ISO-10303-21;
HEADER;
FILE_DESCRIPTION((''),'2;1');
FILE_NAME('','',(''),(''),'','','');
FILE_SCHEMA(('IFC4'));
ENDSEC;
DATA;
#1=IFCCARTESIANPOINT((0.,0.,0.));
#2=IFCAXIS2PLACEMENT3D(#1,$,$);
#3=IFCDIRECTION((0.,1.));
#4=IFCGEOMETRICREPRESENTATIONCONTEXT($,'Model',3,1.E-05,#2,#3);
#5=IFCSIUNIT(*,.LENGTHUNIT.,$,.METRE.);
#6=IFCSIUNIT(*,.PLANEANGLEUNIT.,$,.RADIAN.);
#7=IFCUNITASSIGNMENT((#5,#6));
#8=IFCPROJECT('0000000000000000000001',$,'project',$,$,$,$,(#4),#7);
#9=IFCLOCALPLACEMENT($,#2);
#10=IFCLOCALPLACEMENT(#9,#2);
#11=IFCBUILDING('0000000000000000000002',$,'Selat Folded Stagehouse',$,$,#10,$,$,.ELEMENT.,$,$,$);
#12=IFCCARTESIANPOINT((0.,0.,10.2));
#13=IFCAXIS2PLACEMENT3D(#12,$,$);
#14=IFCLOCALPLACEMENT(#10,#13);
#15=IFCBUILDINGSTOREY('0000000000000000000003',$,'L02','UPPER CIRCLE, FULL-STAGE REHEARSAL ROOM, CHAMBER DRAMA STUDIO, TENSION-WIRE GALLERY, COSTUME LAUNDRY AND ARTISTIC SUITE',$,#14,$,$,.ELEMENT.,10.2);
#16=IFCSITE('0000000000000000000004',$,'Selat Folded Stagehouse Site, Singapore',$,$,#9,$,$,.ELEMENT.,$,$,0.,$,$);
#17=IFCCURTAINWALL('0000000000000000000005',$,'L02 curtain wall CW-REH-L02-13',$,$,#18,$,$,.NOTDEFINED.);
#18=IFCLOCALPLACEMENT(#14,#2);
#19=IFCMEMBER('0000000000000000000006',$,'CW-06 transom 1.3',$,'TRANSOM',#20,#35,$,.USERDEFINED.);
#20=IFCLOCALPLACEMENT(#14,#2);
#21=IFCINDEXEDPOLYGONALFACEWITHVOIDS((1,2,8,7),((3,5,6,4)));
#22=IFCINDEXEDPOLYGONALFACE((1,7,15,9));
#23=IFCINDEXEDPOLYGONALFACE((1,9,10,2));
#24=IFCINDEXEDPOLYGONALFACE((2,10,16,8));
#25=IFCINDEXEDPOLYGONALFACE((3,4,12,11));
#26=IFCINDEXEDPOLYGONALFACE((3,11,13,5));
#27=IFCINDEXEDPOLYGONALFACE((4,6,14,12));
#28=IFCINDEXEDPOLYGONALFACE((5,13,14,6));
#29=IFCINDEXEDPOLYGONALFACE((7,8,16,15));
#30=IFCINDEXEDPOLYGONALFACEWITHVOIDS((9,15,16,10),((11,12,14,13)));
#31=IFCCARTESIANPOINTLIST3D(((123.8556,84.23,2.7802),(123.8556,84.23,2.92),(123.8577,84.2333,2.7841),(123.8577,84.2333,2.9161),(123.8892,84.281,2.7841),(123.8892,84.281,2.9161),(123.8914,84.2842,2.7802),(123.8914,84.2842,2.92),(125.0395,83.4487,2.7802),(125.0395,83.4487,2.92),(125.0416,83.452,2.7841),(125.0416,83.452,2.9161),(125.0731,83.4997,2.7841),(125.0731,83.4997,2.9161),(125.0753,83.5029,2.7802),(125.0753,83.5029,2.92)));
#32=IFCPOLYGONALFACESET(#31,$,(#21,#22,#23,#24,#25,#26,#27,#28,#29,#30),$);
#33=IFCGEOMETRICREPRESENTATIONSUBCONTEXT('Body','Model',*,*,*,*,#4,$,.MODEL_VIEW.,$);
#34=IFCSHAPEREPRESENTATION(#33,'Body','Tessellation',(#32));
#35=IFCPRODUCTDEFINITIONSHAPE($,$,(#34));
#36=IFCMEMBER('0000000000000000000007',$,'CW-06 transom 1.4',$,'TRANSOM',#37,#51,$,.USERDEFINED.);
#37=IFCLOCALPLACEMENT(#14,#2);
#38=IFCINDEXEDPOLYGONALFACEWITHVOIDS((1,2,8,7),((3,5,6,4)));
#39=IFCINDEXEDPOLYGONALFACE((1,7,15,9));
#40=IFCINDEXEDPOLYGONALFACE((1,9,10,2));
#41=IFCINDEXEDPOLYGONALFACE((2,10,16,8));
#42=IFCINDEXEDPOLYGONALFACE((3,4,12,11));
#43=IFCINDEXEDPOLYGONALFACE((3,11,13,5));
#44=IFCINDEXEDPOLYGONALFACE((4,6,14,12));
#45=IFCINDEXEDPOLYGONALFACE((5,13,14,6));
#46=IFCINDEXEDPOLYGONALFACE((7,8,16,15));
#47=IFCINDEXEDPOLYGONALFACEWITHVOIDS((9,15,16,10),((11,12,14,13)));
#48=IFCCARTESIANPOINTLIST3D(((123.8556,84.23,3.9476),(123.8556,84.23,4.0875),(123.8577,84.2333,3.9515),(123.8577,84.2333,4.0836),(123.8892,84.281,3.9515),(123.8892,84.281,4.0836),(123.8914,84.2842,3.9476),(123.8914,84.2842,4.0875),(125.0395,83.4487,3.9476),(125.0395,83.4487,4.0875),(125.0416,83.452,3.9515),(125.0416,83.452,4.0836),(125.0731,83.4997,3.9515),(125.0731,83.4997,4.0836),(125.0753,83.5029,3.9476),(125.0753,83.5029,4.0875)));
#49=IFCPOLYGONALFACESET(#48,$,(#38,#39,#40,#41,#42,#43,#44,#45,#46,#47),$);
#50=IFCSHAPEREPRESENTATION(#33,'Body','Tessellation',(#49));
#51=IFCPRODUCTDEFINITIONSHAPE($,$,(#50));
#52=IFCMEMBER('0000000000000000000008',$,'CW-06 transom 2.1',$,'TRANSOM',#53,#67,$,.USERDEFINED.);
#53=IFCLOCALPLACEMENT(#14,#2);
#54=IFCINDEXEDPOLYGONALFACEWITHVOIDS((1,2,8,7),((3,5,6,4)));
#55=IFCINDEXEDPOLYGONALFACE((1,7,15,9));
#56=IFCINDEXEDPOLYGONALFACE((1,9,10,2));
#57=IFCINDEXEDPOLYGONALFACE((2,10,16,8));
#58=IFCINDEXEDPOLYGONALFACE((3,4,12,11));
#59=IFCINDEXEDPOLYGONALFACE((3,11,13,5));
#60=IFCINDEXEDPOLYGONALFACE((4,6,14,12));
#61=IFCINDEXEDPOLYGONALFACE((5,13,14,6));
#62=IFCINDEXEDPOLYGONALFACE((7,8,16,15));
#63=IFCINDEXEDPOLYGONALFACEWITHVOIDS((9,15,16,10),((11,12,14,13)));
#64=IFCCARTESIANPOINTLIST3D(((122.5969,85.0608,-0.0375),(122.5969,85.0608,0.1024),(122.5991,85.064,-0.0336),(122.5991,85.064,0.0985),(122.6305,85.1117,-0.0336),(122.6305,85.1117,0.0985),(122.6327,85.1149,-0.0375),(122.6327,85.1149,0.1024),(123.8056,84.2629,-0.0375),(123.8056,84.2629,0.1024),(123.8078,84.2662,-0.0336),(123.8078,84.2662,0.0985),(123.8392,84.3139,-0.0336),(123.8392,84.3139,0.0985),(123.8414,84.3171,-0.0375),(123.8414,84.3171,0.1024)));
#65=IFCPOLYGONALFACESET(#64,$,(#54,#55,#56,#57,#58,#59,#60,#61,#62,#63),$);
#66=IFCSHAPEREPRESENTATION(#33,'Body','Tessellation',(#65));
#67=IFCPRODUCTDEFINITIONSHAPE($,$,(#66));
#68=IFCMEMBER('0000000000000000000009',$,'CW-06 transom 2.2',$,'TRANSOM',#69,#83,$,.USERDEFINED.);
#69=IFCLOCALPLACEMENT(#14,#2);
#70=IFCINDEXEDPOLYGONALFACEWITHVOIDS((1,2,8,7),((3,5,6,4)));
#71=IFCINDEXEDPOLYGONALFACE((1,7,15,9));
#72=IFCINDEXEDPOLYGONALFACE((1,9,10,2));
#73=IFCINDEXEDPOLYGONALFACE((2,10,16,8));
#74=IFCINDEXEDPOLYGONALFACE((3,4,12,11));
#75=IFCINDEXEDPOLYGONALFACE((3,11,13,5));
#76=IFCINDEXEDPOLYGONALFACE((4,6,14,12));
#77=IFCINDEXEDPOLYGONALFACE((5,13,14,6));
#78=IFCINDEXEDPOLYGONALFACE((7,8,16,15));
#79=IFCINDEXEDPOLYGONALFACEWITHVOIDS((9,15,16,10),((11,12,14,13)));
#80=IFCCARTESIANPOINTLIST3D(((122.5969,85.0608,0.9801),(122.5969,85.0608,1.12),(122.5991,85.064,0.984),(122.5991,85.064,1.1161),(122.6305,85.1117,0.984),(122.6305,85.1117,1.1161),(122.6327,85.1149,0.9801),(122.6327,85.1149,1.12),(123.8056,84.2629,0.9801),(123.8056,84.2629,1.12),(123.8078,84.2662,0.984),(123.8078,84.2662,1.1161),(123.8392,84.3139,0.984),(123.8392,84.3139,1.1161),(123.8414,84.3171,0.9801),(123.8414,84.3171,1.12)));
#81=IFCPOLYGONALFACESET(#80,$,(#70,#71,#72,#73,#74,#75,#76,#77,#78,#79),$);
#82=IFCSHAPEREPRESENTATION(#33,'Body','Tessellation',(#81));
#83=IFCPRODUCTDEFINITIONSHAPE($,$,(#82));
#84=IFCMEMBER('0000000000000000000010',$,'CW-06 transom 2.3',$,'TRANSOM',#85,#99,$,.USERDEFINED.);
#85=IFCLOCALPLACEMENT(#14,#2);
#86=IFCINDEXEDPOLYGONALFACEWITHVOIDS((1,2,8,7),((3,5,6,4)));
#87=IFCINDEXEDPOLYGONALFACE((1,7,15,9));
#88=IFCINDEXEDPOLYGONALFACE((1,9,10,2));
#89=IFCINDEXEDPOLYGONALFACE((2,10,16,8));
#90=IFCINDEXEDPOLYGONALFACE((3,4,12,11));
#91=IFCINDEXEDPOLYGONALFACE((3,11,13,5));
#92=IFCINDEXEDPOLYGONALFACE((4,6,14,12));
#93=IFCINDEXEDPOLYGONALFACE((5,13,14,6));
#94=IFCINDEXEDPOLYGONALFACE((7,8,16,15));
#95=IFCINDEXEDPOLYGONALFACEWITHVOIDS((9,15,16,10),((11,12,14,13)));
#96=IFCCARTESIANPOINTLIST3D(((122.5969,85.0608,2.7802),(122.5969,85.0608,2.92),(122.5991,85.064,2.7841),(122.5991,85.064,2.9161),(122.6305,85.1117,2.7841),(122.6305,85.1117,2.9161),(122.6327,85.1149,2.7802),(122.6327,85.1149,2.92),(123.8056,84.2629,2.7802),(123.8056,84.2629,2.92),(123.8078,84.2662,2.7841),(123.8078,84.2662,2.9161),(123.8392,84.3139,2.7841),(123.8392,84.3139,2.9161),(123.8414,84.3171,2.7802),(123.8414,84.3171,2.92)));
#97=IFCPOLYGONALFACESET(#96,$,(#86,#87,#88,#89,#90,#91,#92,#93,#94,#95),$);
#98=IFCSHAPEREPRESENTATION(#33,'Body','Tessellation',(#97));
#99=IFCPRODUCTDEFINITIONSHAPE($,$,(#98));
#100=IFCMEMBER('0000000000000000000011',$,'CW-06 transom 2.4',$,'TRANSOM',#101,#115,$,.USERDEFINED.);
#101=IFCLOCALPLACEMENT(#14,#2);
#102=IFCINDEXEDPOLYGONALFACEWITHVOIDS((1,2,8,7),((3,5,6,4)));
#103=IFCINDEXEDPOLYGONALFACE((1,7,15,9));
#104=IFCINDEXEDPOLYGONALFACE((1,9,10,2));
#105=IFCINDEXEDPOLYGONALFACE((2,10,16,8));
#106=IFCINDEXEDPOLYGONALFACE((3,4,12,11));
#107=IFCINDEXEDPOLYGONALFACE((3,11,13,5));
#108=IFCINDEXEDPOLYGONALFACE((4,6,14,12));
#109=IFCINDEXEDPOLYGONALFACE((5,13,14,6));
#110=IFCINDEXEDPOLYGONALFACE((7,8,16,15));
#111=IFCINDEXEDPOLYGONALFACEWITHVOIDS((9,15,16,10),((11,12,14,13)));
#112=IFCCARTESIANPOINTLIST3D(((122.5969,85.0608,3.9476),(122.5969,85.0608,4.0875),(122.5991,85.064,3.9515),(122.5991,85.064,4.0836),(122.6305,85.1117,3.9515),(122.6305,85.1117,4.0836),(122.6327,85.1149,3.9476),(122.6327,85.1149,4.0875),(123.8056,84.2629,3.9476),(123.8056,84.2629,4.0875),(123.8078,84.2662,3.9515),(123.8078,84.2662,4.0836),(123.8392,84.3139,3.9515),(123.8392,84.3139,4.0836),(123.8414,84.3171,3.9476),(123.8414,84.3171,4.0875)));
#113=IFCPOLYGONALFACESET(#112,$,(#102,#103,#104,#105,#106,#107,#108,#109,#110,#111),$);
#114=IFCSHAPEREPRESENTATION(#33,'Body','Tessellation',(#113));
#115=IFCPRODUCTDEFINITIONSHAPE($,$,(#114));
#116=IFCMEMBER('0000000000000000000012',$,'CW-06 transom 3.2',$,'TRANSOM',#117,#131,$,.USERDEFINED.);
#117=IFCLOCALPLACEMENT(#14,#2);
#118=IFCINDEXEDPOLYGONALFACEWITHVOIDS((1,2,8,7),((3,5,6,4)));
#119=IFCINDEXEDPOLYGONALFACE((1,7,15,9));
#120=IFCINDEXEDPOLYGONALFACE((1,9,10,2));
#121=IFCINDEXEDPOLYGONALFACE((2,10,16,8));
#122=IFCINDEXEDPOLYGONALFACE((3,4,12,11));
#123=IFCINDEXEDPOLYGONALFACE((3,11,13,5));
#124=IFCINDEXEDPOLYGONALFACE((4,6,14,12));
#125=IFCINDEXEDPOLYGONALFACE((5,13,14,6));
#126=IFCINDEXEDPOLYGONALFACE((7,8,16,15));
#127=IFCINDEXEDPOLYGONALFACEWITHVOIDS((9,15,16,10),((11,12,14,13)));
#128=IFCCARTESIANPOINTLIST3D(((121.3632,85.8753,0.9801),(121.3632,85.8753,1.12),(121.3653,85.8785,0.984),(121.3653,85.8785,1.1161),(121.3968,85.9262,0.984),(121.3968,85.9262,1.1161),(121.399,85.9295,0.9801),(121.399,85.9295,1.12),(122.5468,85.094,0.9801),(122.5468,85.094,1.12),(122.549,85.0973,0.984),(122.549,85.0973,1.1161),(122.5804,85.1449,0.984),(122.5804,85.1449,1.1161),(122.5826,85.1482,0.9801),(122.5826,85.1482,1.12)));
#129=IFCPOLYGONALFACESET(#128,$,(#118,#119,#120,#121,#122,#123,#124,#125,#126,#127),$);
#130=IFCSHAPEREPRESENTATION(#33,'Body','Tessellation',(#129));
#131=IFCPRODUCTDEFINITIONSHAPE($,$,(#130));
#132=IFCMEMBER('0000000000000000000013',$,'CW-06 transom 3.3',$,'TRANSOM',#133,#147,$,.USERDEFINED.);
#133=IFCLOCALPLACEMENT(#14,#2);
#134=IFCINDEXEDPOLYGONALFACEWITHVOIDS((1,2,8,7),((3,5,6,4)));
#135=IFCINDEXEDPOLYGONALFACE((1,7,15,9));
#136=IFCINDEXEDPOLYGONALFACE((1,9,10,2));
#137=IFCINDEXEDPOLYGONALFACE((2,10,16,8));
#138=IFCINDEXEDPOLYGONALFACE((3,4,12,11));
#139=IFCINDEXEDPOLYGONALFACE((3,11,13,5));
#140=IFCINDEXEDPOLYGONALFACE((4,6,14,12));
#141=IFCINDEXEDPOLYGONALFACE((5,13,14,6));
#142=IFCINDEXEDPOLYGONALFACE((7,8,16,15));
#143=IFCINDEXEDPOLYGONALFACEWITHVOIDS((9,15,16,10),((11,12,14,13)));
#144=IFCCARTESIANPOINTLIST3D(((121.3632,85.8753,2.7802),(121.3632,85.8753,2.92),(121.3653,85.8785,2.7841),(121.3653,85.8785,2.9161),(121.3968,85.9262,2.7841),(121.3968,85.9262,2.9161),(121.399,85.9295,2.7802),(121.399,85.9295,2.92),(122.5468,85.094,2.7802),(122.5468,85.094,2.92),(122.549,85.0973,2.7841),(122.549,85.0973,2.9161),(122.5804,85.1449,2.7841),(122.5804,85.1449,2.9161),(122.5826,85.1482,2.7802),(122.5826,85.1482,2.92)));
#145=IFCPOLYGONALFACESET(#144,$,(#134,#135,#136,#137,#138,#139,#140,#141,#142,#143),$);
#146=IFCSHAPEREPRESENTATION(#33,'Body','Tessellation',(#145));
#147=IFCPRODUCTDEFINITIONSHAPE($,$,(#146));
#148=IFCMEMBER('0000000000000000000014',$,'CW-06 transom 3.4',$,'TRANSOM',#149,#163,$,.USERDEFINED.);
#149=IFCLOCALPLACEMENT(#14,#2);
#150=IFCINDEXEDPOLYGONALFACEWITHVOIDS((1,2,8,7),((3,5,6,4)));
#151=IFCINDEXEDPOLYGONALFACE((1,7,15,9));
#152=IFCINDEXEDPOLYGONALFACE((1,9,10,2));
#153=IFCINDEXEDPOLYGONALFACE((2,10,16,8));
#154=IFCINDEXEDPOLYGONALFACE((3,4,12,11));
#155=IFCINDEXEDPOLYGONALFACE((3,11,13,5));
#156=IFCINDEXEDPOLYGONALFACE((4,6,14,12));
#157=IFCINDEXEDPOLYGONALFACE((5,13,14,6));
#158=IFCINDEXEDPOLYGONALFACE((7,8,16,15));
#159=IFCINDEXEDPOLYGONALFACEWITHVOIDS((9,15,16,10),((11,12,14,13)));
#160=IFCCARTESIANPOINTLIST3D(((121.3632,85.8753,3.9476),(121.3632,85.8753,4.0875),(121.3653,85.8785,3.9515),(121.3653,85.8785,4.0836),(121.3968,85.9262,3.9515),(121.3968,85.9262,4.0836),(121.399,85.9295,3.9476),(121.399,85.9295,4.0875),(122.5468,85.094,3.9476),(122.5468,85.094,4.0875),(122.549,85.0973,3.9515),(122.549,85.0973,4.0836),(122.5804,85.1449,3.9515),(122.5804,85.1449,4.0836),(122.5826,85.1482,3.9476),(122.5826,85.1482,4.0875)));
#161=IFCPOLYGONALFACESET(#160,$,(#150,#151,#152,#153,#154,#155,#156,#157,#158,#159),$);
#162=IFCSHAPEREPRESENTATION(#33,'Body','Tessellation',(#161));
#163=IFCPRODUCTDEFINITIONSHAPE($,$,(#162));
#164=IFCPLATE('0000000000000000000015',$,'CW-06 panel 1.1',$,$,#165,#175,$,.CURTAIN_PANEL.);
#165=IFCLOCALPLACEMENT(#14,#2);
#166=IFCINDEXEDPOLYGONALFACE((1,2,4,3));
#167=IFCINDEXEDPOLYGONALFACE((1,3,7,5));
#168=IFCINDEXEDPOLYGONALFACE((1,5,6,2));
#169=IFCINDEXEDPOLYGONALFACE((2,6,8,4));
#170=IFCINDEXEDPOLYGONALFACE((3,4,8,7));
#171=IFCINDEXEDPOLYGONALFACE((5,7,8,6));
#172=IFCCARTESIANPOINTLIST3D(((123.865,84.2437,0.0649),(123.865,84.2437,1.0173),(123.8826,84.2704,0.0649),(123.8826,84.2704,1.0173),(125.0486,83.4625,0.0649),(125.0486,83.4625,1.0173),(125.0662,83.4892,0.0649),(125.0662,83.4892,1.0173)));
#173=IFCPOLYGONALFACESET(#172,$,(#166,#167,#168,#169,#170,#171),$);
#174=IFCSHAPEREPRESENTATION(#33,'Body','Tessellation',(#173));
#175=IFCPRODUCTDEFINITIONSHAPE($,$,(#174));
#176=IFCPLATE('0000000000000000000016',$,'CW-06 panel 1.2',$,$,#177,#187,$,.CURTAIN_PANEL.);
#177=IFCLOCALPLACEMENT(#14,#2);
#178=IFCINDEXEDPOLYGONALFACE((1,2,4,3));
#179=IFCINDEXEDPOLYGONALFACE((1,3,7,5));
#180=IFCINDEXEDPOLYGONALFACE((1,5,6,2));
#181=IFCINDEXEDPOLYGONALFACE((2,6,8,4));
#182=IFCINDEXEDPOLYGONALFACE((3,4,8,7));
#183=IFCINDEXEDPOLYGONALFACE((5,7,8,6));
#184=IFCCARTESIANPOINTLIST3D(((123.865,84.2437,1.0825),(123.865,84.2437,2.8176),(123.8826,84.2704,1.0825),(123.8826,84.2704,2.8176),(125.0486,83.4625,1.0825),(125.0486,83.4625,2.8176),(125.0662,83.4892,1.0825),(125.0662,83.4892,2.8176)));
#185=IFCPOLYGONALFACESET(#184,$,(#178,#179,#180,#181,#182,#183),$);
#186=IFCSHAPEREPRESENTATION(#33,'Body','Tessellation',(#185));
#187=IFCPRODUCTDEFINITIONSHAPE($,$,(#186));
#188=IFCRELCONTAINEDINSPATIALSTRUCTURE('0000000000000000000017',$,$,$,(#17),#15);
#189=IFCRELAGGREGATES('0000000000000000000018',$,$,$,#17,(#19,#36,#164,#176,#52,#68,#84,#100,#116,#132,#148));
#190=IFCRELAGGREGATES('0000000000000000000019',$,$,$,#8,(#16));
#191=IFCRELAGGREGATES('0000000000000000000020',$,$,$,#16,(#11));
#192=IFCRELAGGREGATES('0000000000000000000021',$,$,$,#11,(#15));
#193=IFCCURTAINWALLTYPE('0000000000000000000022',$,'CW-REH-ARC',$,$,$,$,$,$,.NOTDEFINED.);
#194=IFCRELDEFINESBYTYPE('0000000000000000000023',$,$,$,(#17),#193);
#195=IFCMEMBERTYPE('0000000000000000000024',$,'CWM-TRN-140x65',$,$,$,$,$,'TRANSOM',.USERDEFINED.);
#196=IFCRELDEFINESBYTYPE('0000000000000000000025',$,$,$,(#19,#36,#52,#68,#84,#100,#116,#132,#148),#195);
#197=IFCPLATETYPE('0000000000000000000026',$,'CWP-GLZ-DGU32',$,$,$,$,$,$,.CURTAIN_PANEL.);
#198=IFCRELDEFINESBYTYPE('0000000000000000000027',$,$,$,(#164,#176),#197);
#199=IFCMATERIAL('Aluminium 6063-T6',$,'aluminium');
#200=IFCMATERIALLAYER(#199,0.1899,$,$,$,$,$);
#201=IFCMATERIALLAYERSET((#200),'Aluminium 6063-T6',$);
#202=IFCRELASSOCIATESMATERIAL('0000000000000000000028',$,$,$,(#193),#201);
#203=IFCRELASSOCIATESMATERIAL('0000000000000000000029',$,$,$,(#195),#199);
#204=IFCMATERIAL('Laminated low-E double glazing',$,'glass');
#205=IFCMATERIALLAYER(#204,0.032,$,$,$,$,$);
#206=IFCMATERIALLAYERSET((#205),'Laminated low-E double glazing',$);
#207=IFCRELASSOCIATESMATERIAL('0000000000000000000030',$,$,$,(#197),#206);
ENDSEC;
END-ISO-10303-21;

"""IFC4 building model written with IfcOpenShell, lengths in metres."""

from ifc_helpers import new_model, si_unit, direction, frame, origin, origin_2d, place, context, subcontext, project, spatial, rectangle, hollow_rectangle, extrude, material, layer, layer_set, material_profile, profile_set, type_object, element, aggregate, save


model = new_model("IFC4")

# Units and contexts
model_context = context("Model", 3, precision=1e-05, world=origin(), true_north=direction((0.0, 1.0)))
body_context = subcontext(model_context, "Body", "Model", "MODEL_VIEW")
ifc_project = project(units=[si_unit("LENGTHUNIT", "METRE"), si_unit("PLANEANGLEUNIT", "RADIAN")], contexts=[model_context])

# Site, building, storey
site_placement = place(None, origin())
site = spatial("IfcSite", under=ifc_project, at=site_placement, Name="Selat Folded Stagehouse Site, Singapore", CompositionType="ELEMENT", RefElevation=0.0)
building_placement = place(site_placement, origin())
building = spatial("IfcBuilding", under=site, at=building_placement, Name="Selat Folded Stagehouse", CompositionType="ELEMENT")
storey_placement = place(building_placement, frame((0.0, 0.0, 10.2)))
storey = spatial("IfcBuildingStorey", under=building, at=storey_placement, Name="L02", Description="UPPER CIRCLE, FULL-STAGE REHEARSAL ROOM, CHAMBER DRAMA STUDIO, TENSION-WIRE GALLERY, COSTUME LAUNDRY AND ARTISTIC SUITE", CompositionType="ELEMENT", Elevation=10.2)

# Curtain wall, members, plates
ifc_material_1 = material(Name="Aluminium 6063-T6", Category="aluminium")
ifc_layer_1 = layer(ifc_material_1, 0.1899)
ifc_layer_set_1 = layer_set([ifc_layer_1], Name="Aluminium 6063-T6")
curtain_wall_type = type_object("IfcCurtainWallType", Name="CW-REH-ARC", PredefinedType="NOTDEFINED", material=ifc_layer_set_1)
curtain_wall_placement = place(storey_placement, origin())
curtain_wall = element("IfcCurtainWall", 1, at=curtain_wall_placement, inside=storey, type_object=curtain_wall_type, Name="L02 curtain wall CW-REH-L02-13", PredefinedType="NOTDEFINED")
ifc_material_profile_1 = material_profile(ifc_material_1, hollow_rectangle(XDim=0.0649, YDim=0.1399, WallThickness=0.0039, at=origin_2d()), Name="ALU 140x65x4.0")
ifc_profile_set_1 = profile_set([ifc_material_profile_1], Name="Aluminium 6063-T6")
member_type_1 = type_object("IfcMemberType", Name="CWM-TRN-140x65", ElementType="TRANSOM", PredefinedType="USERDEFINED", material=ifc_profile_set_1)
member_1_placement = place(storey_placement, frame((125.0574, 83.4758, 2.8501), z_axis=(-0.834636, 0.550801, 0.0), x_axis=(-0.550801, -0.834636, 0.0)))
member_1 = element("IfcMember", 2, at=member_1_placement, type_object=member_type_1, Name="CW-06 transom 1.3", ObjectType="TRANSOM", PredefinedType="USERDEFINED", context=body_context, shape_type="SweptSolid", body=[
    extrude(hollow_rectangle(XDim=0.0649, YDim=0.1399, WallThickness=0.0039, at=origin_2d()), origin(), (0.0, 0.0, 1.0), 1.4185),
])
member_2_placement = place(storey_placement, frame((125.0574, 83.4758, 4.0176), z_axis=(-0.834636, 0.550801, 0.0), x_axis=(-0.550801, -0.834636, 0.0)))
member_2 = element("IfcMember", 3, at=member_2_placement, type_object=member_type_1, Name="CW-06 transom 1.4", ObjectType="TRANSOM", PredefinedType="USERDEFINED", context=body_context, shape_type="SweptSolid", body=[
    extrude(hollow_rectangle(XDim=0.0649, YDim=0.1399, WallThickness=0.0039, at=origin_2d()), origin(), (0.0, 0.0, 1.0), 1.4185),
])
member_3_placement = place(storey_placement, frame((123.8235, 84.29, 0.0325), z_axis=(-0.834583, 0.550882, 0.0), x_axis=(-0.550882, -0.834583, 0.0)))
member_3 = element("IfcMember", 4, at=member_3_placement, type_object=member_type_1, Name="CW-06 transom 2.1", ObjectType="TRANSOM", PredefinedType="USERDEFINED", context=body_context, shape_type="SweptSolid", body=[
    extrude(hollow_rectangle(XDim=0.0649, YDim=0.1399, WallThickness=0.0039, at=origin_2d()), origin(), (0.0, 0.0, 1.0), 1.4482),
])
member_4_placement = place(storey_placement, frame((123.8235, 84.29, 1.05), z_axis=(-0.834583, 0.550882, 0.0), x_axis=(-0.550882, -0.834583, 0.0)))
member_4 = element("IfcMember", 5, at=member_4_placement, type_object=member_type_1, Name="CW-06 transom 2.2", ObjectType="TRANSOM", PredefinedType="USERDEFINED", context=body_context, shape_type="SweptSolid", body=[
    extrude(hollow_rectangle(XDim=0.0649, YDim=0.1399, WallThickness=0.0039, at=origin_2d()), origin(), (0.0, 0.0, 1.0), 1.4482),
])
member_5_placement = place(storey_placement, frame((123.8235, 84.29, 2.8501), z_axis=(-0.834583, 0.550882, 0.0), x_axis=(-0.550882, -0.834583, 0.0)))
member_5 = element("IfcMember", 6, at=member_5_placement, type_object=member_type_1, Name="CW-06 transom 2.3", ObjectType="TRANSOM", PredefinedType="USERDEFINED", context=body_context, shape_type="SweptSolid", body=[
    extrude(hollow_rectangle(XDim=0.0649, YDim=0.1399, WallThickness=0.0039, at=origin_2d()), origin(), (0.0, 0.0, 1.0), 1.4482),
])
member_6_placement = place(storey_placement, frame((123.8235, 84.29, 4.0176), z_axis=(-0.834583, 0.550882, 0.0), x_axis=(-0.550882, -0.834583, 0.0)))
member_6 = element("IfcMember", 7, at=member_6_placement, type_object=member_type_1, Name="CW-06 transom 2.4", ObjectType="TRANSOM", PredefinedType="USERDEFINED", context=body_context, shape_type="SweptSolid", body=[
    extrude(hollow_rectangle(XDim=0.0649, YDim=0.1399, WallThickness=0.0039, at=origin_2d()), origin(), (0.0, 0.0, 1.0), 1.4482),
])
member_7_placement = place(storey_placement, frame((122.5647, 85.1211, 1.05), z_axis=(-0.834584, 0.550881, 0.0), x_axis=(-0.550881, -0.834584, 0.0)))
member_7 = element("IfcMember", 8, at=member_7_placement, type_object=member_type_1, Name="CW-06 transom 3.2", ObjectType="TRANSOM", PredefinedType="USERDEFINED", context=body_context, shape_type="SweptSolid", body=[
    extrude(hollow_rectangle(XDim=0.0649, YDim=0.1399, WallThickness=0.0039, at=origin_2d()), origin(), (0.0, 0.0, 1.0), 1.4182),
])
member_8_placement = place(storey_placement, frame((122.5647, 85.1211, 2.8501), z_axis=(-0.834584, 0.550881, 0.0), x_axis=(-0.550881, -0.834584, 0.0)))
member_8 = element("IfcMember", 9, at=member_8_placement, type_object=member_type_1, Name="CW-06 transom 3.3", ObjectType="TRANSOM", PredefinedType="USERDEFINED", context=body_context, shape_type="SweptSolid", body=[
    extrude(hollow_rectangle(XDim=0.0649, YDim=0.1399, WallThickness=0.0039, at=origin_2d()), origin(), (0.0, 0.0, 1.0), 1.4182),
])
member_9_placement = place(storey_placement, frame((122.5647, 85.1211, 4.0176), z_axis=(-0.834584, 0.550881, 0.0), x_axis=(-0.550881, -0.834584, 0.0)))
member_9 = element("IfcMember", 10, at=member_9_placement, type_object=member_type_1, Name="CW-06 transom 3.4", ObjectType="TRANSOM", PredefinedType="USERDEFINED", context=body_context, shape_type="SweptSolid", body=[
    extrude(hollow_rectangle(XDim=0.0649, YDim=0.1399, WallThickness=0.0039, at=origin_2d()), origin(), (0.0, 0.0, 1.0), 1.4182),
])
ifc_material_2 = material(Name="Laminated low-E double glazing", Category="glass")
ifc_layer_2 = layer(ifc_material_2, 0.032)
ifc_layer_set_2 = layer_set([ifc_layer_2], Name="Laminated low-E double glazing")
plate_type = type_object("IfcPlateType", Name="CWP-GLZ-DGU32", PredefinedType="CURTAIN_PANEL", material=ifc_layer_set_2)
plate_1_placement = place(storey_placement, frame((124.4656, 83.8665, 0.0649), z_axis=(0.0, 0.0, 1.0), x_axis=(-0.834581, 0.550885, 0.0)))
plate_1 = element("IfcPlate", 11, at=plate_1_placement, type_object=plate_type, Name="CW-06 panel 1.1", PredefinedType="CURTAIN_PANEL", context=body_context, shape_type="SweptSolid", body=[
    extrude(rectangle(XDim=1.4182, YDim=0.032, at=origin_2d()), origin(), (0.0, 0.0, 1.0), 0.9524),
])
plate_2_placement = place(storey_placement, frame((124.4656, 83.8665, 1.0825), z_axis=(0.0, 0.0, 1.0), x_axis=(-0.834581, 0.550885, 0.0)))
plate_2 = element("IfcPlate", 12, at=plate_2_placement, type_object=plate_type, Name="CW-06 panel 1.2", PredefinedType="CURTAIN_PANEL", context=body_context, shape_type="SweptSolid", body=[
    extrude(rectangle(XDim=1.4182, YDim=0.032, at=origin_2d()), origin(), (0.0, 0.0, 1.0), 1.7351),
])
aggregate(curtain_wall, [member_1, member_2, plate_1, plate_2, member_3, member_4, member_5, member_6, member_7, member_8, member_9])

save(model, "model.ifc")
